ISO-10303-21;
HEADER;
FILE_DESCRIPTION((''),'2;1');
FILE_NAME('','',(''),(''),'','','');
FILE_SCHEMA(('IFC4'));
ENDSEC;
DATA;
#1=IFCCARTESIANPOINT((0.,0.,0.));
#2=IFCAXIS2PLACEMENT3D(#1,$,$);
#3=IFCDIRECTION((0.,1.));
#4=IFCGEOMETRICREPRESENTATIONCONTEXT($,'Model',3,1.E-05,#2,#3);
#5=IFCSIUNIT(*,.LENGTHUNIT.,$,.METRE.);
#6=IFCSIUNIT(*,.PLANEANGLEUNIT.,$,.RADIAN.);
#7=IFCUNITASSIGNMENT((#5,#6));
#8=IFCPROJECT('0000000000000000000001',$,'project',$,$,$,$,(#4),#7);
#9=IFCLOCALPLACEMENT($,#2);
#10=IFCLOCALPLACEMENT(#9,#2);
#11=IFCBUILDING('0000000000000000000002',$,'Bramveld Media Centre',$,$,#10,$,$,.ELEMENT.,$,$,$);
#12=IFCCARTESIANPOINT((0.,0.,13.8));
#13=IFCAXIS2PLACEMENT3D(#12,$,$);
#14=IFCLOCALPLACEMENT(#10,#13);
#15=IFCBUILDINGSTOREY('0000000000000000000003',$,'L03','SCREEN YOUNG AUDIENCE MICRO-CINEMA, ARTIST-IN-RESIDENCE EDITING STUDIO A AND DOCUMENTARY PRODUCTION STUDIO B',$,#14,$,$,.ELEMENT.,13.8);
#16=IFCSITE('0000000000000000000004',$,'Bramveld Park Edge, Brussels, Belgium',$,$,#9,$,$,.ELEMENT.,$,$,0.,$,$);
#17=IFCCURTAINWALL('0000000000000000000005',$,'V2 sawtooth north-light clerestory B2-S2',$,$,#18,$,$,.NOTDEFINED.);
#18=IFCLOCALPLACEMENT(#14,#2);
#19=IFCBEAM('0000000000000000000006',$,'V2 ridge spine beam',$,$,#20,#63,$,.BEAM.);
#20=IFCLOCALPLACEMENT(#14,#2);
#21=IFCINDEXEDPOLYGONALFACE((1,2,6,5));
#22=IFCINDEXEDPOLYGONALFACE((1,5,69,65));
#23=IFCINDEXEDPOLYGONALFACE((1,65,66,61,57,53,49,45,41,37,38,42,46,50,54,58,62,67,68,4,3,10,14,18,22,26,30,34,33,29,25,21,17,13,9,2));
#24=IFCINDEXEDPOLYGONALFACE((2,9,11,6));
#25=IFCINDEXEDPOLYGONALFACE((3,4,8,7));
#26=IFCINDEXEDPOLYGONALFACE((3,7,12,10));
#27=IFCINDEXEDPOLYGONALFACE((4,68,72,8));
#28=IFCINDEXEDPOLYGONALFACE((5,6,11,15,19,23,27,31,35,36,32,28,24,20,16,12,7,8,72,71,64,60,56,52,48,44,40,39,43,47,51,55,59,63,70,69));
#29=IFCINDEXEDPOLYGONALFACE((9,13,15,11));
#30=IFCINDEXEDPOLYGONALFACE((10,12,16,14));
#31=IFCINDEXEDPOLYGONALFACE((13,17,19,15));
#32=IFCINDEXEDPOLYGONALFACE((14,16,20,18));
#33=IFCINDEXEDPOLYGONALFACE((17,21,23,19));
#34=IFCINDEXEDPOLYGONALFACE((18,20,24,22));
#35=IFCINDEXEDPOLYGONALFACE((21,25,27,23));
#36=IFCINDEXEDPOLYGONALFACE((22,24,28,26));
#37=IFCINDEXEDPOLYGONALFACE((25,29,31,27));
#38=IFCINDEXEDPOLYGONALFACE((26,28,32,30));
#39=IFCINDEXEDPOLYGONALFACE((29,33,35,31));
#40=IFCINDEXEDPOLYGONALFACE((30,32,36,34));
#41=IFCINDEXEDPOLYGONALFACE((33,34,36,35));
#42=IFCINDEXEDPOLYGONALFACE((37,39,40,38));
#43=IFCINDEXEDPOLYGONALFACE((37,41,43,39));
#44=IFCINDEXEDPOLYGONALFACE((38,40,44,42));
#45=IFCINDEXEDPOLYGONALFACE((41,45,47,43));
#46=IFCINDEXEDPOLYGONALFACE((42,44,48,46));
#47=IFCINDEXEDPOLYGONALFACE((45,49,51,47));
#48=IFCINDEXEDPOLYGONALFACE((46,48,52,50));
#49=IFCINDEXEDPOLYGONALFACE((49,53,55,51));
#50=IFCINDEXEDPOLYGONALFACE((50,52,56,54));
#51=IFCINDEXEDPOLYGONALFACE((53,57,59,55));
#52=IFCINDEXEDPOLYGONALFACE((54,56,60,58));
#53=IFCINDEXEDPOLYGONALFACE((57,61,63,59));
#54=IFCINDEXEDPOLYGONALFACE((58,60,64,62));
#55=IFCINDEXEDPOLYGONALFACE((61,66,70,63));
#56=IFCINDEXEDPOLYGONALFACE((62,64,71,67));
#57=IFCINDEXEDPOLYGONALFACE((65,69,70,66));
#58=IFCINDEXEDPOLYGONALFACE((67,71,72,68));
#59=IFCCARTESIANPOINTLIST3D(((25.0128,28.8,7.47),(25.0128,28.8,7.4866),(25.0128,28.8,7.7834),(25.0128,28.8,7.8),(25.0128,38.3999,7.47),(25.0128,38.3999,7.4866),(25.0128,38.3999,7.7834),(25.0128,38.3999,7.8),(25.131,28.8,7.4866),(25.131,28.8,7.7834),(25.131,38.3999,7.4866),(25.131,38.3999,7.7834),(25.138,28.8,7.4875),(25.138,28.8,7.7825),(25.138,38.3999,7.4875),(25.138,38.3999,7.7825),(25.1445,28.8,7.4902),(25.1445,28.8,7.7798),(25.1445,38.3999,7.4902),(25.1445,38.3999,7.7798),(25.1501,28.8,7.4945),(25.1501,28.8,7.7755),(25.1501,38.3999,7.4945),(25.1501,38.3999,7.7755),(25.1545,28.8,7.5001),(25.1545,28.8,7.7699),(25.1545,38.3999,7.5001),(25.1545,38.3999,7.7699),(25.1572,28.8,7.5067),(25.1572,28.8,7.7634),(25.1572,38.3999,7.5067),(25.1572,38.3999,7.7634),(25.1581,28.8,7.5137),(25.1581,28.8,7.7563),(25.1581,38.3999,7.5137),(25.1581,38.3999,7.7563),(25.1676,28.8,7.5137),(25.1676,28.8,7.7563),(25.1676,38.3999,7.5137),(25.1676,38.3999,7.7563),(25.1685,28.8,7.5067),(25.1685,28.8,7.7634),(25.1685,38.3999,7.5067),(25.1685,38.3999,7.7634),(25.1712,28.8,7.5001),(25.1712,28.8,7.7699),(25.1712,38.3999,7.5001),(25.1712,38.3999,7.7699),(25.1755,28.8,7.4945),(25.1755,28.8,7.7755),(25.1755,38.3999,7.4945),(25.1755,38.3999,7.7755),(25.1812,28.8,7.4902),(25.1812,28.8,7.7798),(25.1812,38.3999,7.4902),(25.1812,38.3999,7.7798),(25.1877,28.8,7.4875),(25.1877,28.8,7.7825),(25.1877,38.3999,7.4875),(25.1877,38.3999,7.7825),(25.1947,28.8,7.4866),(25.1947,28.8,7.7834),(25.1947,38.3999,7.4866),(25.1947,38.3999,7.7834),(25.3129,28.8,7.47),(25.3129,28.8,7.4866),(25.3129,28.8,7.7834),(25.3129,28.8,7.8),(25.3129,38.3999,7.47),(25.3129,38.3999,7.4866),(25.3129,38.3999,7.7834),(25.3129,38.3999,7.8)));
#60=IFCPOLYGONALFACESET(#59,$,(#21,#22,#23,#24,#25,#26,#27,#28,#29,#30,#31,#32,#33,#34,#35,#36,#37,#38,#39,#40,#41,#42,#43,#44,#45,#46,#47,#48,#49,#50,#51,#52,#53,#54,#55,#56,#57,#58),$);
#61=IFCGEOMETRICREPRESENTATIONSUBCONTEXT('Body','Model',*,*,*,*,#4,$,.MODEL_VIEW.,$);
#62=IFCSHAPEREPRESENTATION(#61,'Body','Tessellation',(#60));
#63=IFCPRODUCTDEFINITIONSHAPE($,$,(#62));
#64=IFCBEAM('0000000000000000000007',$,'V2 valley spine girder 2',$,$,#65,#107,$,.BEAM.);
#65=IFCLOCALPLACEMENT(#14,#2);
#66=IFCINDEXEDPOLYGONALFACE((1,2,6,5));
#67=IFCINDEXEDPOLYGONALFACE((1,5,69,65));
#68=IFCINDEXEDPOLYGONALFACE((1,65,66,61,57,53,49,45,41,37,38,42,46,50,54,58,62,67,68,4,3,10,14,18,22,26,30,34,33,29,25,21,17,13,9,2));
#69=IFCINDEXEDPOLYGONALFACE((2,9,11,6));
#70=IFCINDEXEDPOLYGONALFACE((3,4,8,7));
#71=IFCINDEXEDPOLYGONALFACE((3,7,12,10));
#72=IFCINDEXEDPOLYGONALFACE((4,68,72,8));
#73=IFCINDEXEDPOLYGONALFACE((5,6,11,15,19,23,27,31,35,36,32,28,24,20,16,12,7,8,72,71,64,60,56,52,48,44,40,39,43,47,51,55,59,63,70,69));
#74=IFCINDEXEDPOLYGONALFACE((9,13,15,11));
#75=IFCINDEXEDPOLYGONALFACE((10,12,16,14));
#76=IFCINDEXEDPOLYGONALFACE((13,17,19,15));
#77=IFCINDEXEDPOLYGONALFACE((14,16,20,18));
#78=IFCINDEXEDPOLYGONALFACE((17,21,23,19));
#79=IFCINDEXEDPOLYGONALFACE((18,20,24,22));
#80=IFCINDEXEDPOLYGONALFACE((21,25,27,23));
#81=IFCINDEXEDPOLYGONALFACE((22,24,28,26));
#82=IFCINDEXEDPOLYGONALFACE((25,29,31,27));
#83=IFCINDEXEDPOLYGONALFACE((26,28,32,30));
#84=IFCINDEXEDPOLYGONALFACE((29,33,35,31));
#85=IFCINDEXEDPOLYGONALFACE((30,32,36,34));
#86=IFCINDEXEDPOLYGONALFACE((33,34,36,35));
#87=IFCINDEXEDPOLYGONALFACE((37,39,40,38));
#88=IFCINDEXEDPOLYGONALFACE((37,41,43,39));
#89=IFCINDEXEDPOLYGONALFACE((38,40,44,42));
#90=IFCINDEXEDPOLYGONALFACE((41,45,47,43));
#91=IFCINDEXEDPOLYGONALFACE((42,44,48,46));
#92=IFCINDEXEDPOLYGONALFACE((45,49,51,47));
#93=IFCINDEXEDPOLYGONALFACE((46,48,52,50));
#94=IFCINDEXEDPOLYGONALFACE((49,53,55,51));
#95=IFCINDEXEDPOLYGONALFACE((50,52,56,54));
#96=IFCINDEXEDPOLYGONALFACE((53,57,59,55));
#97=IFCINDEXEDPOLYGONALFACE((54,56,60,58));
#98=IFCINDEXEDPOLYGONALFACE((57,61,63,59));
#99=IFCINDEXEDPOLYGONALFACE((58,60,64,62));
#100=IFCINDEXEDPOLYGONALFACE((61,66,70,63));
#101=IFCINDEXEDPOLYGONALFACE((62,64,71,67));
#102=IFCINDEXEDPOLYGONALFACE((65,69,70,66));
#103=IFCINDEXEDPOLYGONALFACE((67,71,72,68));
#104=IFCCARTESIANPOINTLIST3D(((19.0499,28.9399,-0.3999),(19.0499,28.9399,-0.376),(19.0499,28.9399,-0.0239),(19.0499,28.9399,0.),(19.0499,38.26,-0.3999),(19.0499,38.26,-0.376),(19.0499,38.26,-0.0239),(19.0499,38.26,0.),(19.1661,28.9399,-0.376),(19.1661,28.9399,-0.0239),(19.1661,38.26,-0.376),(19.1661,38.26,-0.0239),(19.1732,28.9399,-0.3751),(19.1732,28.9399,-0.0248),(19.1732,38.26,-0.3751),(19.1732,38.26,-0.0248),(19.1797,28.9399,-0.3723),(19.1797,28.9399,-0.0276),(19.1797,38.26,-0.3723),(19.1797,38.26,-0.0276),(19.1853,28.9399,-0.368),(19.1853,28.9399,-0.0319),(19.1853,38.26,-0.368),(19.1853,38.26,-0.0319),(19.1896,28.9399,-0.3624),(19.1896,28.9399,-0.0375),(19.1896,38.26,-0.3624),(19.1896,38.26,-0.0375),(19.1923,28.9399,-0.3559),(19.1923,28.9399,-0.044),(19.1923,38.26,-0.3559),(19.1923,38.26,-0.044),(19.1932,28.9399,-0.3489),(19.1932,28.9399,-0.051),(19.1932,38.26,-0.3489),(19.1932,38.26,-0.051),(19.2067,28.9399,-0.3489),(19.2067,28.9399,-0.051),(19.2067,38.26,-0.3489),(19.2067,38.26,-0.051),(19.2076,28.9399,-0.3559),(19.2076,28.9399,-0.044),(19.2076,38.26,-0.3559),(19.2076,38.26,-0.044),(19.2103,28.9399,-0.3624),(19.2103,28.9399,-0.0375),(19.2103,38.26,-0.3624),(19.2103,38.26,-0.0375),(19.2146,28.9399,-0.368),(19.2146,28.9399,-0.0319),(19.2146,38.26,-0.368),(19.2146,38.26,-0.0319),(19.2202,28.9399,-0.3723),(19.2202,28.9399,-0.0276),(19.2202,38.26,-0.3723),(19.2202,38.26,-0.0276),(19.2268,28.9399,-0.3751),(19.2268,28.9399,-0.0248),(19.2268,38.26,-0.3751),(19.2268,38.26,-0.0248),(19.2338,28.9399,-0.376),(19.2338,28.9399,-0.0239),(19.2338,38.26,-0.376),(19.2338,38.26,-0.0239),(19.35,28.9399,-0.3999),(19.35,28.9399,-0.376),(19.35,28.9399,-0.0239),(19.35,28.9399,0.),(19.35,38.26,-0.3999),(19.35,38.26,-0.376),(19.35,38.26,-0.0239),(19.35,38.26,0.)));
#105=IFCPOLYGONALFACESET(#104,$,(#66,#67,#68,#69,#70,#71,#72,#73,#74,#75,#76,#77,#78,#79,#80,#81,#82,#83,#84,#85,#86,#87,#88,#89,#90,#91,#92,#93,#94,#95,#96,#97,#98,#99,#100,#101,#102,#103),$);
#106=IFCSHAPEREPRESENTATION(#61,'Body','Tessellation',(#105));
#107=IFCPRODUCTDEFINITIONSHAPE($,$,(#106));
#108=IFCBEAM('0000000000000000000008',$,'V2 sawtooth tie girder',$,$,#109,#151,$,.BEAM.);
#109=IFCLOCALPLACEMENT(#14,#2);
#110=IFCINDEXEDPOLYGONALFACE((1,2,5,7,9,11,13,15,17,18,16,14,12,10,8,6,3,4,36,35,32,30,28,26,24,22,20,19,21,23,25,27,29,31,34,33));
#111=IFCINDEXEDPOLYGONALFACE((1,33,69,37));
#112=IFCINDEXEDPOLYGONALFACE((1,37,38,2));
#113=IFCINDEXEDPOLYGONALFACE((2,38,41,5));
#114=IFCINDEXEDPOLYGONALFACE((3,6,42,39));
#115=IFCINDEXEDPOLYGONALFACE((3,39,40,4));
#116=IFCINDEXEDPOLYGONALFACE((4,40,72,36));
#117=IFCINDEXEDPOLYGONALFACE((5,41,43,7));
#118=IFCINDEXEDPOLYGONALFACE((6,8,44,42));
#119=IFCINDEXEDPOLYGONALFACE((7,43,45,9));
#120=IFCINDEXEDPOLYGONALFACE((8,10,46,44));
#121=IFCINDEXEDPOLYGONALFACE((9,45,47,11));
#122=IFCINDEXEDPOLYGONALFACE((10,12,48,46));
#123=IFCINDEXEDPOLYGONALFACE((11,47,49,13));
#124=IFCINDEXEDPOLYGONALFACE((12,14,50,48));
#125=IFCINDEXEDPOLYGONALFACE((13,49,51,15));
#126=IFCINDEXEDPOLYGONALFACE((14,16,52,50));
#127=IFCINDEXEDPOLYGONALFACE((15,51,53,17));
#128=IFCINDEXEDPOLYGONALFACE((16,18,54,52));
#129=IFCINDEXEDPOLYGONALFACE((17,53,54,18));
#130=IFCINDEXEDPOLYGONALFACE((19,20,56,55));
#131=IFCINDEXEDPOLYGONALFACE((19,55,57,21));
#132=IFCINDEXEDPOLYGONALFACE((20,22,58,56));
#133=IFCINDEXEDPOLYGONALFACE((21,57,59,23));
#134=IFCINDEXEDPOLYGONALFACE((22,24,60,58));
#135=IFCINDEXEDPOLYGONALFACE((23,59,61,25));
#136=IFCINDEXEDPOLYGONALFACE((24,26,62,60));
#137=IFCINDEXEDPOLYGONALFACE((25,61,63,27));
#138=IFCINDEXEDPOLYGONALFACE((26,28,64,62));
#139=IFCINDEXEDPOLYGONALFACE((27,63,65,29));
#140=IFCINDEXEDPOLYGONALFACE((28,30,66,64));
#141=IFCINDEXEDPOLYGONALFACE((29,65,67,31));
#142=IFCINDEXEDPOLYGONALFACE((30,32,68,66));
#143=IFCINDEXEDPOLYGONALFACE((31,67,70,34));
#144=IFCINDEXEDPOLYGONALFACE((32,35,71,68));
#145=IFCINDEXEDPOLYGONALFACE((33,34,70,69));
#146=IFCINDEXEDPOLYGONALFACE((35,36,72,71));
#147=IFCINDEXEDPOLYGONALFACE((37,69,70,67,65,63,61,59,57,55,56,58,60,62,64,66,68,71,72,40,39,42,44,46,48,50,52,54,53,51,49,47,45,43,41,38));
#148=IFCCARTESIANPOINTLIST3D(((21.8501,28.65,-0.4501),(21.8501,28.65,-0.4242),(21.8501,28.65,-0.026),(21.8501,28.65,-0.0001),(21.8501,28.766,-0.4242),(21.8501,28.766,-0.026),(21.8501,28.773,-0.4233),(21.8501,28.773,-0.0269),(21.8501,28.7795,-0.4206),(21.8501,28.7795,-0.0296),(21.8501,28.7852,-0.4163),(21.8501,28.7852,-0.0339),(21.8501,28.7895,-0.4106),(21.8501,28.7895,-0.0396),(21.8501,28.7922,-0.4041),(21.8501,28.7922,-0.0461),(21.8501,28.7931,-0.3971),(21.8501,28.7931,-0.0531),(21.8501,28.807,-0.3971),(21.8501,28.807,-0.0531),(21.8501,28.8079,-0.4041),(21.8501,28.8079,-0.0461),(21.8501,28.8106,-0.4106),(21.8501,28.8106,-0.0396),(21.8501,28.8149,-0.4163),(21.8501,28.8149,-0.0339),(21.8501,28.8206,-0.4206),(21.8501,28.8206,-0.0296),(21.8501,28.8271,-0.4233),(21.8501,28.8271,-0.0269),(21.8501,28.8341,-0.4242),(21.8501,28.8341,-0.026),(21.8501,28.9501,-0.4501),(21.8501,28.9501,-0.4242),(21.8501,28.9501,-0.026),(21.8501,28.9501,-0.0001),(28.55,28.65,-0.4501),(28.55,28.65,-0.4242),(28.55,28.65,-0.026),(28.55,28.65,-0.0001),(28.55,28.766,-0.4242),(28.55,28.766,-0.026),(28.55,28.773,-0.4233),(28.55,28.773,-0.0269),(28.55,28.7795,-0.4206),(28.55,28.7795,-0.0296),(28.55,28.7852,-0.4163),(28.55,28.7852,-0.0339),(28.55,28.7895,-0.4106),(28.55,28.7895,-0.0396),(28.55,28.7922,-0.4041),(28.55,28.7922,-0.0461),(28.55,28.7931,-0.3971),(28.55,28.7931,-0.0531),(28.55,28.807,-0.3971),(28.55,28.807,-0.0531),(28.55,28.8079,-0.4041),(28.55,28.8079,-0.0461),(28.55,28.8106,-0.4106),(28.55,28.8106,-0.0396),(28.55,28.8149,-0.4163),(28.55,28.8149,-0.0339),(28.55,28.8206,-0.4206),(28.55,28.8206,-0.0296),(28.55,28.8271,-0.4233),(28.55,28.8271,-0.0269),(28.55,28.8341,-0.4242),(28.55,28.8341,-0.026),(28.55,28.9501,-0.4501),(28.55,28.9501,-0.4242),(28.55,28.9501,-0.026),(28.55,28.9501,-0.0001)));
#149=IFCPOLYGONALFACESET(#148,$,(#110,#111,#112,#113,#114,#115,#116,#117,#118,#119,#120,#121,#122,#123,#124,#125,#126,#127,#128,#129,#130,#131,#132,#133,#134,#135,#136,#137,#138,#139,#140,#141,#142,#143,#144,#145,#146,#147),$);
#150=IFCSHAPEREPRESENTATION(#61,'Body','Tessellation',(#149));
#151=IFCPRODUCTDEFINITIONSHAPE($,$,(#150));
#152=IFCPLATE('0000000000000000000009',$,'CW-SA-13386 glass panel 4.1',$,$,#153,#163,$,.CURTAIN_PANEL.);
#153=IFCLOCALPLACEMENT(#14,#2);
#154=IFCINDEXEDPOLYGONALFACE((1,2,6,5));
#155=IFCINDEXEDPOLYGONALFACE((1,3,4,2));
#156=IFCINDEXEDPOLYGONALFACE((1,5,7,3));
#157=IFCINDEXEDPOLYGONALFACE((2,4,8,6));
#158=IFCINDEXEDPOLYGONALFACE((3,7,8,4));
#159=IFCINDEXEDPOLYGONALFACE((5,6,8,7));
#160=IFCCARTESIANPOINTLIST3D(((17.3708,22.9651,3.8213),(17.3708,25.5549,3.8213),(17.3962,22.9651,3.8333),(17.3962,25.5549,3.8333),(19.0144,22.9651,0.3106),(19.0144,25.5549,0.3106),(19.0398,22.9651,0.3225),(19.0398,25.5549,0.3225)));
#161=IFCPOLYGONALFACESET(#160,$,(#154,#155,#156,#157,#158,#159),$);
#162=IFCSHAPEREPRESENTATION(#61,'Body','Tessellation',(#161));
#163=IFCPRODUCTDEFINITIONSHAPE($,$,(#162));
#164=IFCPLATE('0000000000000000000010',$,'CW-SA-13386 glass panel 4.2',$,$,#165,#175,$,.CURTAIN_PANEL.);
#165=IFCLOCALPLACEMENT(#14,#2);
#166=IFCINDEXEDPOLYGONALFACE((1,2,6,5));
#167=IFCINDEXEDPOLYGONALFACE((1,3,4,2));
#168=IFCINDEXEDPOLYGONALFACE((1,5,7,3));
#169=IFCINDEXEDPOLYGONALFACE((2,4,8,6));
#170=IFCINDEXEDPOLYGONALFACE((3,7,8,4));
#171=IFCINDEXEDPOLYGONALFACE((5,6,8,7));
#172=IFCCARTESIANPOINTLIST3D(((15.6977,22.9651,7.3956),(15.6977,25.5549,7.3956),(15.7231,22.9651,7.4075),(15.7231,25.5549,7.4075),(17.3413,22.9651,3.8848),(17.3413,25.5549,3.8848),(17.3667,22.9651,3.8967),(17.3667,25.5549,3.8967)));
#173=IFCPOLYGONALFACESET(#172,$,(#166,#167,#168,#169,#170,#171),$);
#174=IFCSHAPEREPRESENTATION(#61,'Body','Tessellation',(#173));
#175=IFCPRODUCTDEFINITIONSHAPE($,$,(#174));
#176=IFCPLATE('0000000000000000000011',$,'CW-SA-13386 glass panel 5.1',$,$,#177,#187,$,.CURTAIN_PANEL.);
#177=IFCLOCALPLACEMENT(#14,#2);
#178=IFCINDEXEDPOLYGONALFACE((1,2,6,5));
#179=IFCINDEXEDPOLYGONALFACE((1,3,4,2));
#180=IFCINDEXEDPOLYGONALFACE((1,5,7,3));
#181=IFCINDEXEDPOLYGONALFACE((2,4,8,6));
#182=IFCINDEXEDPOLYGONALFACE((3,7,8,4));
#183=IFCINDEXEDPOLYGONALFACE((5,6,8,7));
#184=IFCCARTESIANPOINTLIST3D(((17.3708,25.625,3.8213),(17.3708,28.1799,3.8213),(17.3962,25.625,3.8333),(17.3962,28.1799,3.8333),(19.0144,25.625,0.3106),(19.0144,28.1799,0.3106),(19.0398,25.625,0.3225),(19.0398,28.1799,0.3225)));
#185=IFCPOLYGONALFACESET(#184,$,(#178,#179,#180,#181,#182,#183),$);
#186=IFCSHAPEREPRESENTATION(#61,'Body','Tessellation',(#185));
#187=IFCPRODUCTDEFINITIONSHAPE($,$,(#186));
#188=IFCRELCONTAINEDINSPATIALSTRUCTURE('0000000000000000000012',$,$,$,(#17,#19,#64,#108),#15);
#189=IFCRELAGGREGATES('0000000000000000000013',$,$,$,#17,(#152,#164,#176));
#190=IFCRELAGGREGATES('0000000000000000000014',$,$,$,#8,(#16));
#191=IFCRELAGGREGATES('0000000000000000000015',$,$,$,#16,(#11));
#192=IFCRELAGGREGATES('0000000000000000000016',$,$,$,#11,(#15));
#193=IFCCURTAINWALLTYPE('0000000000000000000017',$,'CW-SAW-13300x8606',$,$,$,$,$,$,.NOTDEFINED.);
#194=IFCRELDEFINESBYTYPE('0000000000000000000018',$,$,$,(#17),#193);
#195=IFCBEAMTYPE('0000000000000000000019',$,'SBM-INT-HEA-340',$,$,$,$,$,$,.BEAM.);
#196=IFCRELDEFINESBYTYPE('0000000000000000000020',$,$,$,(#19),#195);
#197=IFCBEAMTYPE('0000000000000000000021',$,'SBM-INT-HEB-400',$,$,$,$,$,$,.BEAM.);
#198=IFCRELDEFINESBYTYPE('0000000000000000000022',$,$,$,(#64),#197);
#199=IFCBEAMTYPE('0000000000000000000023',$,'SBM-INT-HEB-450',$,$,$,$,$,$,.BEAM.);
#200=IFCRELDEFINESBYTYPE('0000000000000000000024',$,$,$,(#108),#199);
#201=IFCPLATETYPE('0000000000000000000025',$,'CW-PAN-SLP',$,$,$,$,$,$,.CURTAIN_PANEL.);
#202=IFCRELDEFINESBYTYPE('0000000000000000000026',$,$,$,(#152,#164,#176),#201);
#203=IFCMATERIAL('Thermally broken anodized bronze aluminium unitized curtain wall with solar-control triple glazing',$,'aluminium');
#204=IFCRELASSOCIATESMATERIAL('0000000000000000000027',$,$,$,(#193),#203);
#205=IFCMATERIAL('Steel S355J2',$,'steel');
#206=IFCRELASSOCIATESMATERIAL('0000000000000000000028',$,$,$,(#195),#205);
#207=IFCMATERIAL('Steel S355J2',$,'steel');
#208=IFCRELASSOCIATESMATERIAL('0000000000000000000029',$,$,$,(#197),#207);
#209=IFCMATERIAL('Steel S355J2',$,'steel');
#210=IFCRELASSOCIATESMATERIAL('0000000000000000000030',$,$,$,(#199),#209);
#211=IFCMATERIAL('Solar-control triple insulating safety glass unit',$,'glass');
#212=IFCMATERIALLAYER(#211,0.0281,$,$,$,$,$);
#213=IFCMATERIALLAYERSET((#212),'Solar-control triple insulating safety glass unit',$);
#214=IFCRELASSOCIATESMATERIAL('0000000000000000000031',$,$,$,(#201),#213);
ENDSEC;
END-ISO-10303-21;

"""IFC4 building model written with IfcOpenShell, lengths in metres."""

from ifc_helpers import new_model, si_unit, direction, frame, origin, origin_2d, place, context, subcontext, project, spatial, polyline, i_section, outline, extrude, material, layer, layer_set, material_profile, profile_set, type_object, element, aggregate, save


model = new_model("IFC4")

# Units and contexts
model_context = context("Model", 3, precision=1e-05, world=origin(), true_north=direction((0.0, 1.0)))
body_context = subcontext(model_context, "Body", "Model", "MODEL_VIEW")
ifc_project = project(units=[si_unit("LENGTHUNIT", "METRE"), si_unit("PLANEANGLEUNIT", "RADIAN")], contexts=[model_context])

# Site, building, storey
site_placement = place(None, origin())
site = spatial("IfcSite", under=ifc_project, at=site_placement, Name="Bramveld Park Edge, Brussels, Belgium", CompositionType="ELEMENT", RefElevation=0.0)
building_placement = place(site_placement, origin())
building = spatial("IfcBuilding", under=site, at=building_placement, Name="Bramveld Media Centre", CompositionType="ELEMENT")
storey_placement = place(building_placement, frame((0.0, 0.0, 13.8)))
storey = spatial("IfcBuildingStorey", under=building, at=storey_placement, Name="L03", Description="SCREEN YOUNG AUDIENCE MICRO-CINEMA, ARTIST-IN-RESIDENCE EDITING STUDIO A AND DOCUMENTARY PRODUCTION STUDIO B", CompositionType="ELEMENT", Elevation=13.8)

# Curtain wall
ifc_material_1 = material(Name="Thermally broken anodized bronze aluminium unitized curtain wall with solar-control triple glazing", Category="aluminium")
curtain_wall_type_1 = type_object("IfcCurtainWallType", Name="CW-SAW-13300x8606", PredefinedType="NOTDEFINED", material=ifc_material_1)
curtain_wall_1_placement = place(storey_placement, origin())
curtain_wall_1 = element("IfcCurtainWall", 1, at=curtain_wall_1_placement, inside=storey, type_object=curtain_wall_type_1, Name="V2 sawtooth north-light clerestory B2-S2", PredefinedType="NOTDEFINED")

# Beams
ifc_material_2 = material(Name="Steel S355J2", Category="steel")
ifc_material_profile_1 = material_profile(ifc_material_2, i_section(OverallWidth=0.3, OverallDepth=0.3301, WebThickness=0.0095, FlangeThickness=0.0166, FilletRadius=0.0271, at=origin_2d()), Name="HEA 340")
ifc_profile_set_1 = profile_set([ifc_material_profile_1], Name="Steel S355J2")
beam_type_1 = type_object("IfcBeamType", Name="SBM-INT-HEA-340", PredefinedType="BEAM", material=ifc_profile_set_1)
beam_1_placement = place(storey_placement, frame((25.1628, 28.8, 7.635), z_axis=(0.0, 1.0, 0.0), x_axis=(-1.0, 0.0, 0.0)))
element("IfcBeam", 2, at=beam_1_placement, inside=storey, type_object=beam_type_1, Name="V2 ridge spine beam", PredefinedType="BEAM", context=body_context, shape_type="SweptSolid", body=[
    extrude(i_section(OverallWidth=0.3, OverallDepth=0.3301, WebThickness=0.0095, FlangeThickness=0.0166, FilletRadius=0.0271, at=origin_2d()), origin(), (0.0, 0.0, 1.0), 9.5999),
])
ifc_material_3 = material(Name="Steel S355J2", Category="steel")
ifc_material_profile_2 = material_profile(ifc_material_3, i_section(OverallWidth=0.3, OverallDepth=0.3999, WebThickness=0.0134, FlangeThickness=0.0239, FilletRadius=0.0271, at=origin_2d()), Name="HEB 400")
ifc_profile_set_2 = profile_set([ifc_material_profile_2], Name="Steel S355J2")
beam_type_2 = type_object("IfcBeamType", Name="SBM-INT-HEB-400", PredefinedType="BEAM", material=ifc_profile_set_2)
beam_2_placement = place(storey_placement, frame((19.2, 28.9399, -0.2), z_axis=(0.0, 1.0, 0.0), x_axis=(-1.0, 0.0, 0.0)))
element("IfcBeam", 3, at=beam_2_placement, inside=storey, type_object=beam_type_2, Name="V2 valley spine girder 2", PredefinedType="BEAM", context=body_context, shape_type="SweptSolid", body=[
    extrude(i_section(OverallWidth=0.3, OverallDepth=0.3999, WebThickness=0.0134, FlangeThickness=0.0239, FilletRadius=0.0271, at=origin_2d()), origin(), (0.0, 0.0, 1.0), 9.3201),
])
ifc_material_4 = material(Name="Steel S355J2", Category="steel")
ifc_material_profile_3 = material_profile(ifc_material_4, i_section(OverallWidth=0.3, OverallDepth=0.45, WebThickness=0.0139, FlangeThickness=0.0259, FilletRadius=0.0271, at=origin_2d()), Name="HEB 450")
ifc_profile_set_3 = profile_set([ifc_material_profile_3], Name="Steel S355J2")
beam_type_3 = type_object("IfcBeamType", Name="SBM-INT-HEB-450", PredefinedType="BEAM", material=ifc_profile_set_3)
beam_3_placement = place(storey_placement, frame((21.8501, 28.8, -0.2251), z_axis=(1.0, 0.0, 0.0), x_axis=(0.0, 1.0, 0.0)))
element("IfcBeam", 4, at=beam_3_placement, inside=storey, type_object=beam_type_3, Name="V2 sawtooth tie girder", PredefinedType="BEAM", context=body_context, shape_type="SweptSolid", body=[
    extrude(i_section(OverallWidth=0.3, OverallDepth=0.45, WebThickness=0.0139, FlangeThickness=0.0259, FilletRadius=0.0271, at=origin_2d()), origin(), (0.0, 0.0, 1.0), 6.7),
])

# Plates
ifc_material_5 = material(Name="Solar-control triple insulating safety glass unit", Category="glass")
ifc_layer_1 = layer(ifc_material_5, 0.0281)
ifc_layer_set_1 = layer_set([ifc_layer_1], Name="Solar-control triple insulating safety glass unit")
plate_type_1 = type_object("IfcPlateType", Name="CW-PAN-SLP", PredefinedType="CURTAIN_PANEL", material=ifc_layer_set_1)
plate_1_placement = place(storey_placement, frame((19.0398, 22.9651, 0.3225), z_axis=(0.905668, 0.0, 0.423988), x_axis=(0.0, 1.0, 0.0)))
plate_1 = element("IfcPlate", 5, at=plate_1_placement, type_object=plate_type_1, Name="CW-SA-13386 glass panel 4.1", PredefinedType="CURTAIN_PANEL", context=body_context, shape_type="SweptSolid", body=[
    extrude(outline(polyline([(0.0, 0.0), (2.5898, 0.0), (2.5898, 3.8764), (0.0, 3.8764), (0.0, 0.0)])), origin(), (0.0, 0.0, -1.0), 0.0281),
])
plate_2_placement = place(storey_placement, frame((17.3667, 22.9651, 3.8967), z_axis=(0.905668, 0.0, 0.423988), x_axis=(0.0, 1.0, 0.0)))
plate_2 = element("IfcPlate", 6, at=plate_2_placement, type_object=plate_type_1, Name="CW-SA-13386 glass panel 4.2", PredefinedType="CURTAIN_PANEL", context=body_context, shape_type="SweptSolid", body=[
    extrude(outline(polyline([(0.0, 0.0), (2.5898, 0.0), (2.5898, 3.8764), (0.0, 3.8764), (0.0, 0.0)])), origin(), (0.0, 0.0, -1.0), 0.0281),
])
plate_3_placement = place(storey_placement, frame((19.0398, 25.625, 0.3225), z_axis=(0.905668, 0.0, 0.423988), x_axis=(0.0, 1.0, 0.0)))
plate_3 = element("IfcPlate", 7, at=plate_3_placement, type_object=plate_type_1, Name="CW-SA-13386 glass panel 5.1", PredefinedType="CURTAIN_PANEL", context=body_context, shape_type="SweptSolid", body=[
    extrude(outline(polyline([(0.0, 0.0), (2.5549, 0.0), (2.5549, 3.8764), (0.0, 3.8764), (0.0, 0.0)])), origin(), (0.0, 0.0, -1.0), 0.0281),
])
aggregate(curtain_wall_1, [plate_1, plate_2, plate_3])

save(model, "model.ifc")
